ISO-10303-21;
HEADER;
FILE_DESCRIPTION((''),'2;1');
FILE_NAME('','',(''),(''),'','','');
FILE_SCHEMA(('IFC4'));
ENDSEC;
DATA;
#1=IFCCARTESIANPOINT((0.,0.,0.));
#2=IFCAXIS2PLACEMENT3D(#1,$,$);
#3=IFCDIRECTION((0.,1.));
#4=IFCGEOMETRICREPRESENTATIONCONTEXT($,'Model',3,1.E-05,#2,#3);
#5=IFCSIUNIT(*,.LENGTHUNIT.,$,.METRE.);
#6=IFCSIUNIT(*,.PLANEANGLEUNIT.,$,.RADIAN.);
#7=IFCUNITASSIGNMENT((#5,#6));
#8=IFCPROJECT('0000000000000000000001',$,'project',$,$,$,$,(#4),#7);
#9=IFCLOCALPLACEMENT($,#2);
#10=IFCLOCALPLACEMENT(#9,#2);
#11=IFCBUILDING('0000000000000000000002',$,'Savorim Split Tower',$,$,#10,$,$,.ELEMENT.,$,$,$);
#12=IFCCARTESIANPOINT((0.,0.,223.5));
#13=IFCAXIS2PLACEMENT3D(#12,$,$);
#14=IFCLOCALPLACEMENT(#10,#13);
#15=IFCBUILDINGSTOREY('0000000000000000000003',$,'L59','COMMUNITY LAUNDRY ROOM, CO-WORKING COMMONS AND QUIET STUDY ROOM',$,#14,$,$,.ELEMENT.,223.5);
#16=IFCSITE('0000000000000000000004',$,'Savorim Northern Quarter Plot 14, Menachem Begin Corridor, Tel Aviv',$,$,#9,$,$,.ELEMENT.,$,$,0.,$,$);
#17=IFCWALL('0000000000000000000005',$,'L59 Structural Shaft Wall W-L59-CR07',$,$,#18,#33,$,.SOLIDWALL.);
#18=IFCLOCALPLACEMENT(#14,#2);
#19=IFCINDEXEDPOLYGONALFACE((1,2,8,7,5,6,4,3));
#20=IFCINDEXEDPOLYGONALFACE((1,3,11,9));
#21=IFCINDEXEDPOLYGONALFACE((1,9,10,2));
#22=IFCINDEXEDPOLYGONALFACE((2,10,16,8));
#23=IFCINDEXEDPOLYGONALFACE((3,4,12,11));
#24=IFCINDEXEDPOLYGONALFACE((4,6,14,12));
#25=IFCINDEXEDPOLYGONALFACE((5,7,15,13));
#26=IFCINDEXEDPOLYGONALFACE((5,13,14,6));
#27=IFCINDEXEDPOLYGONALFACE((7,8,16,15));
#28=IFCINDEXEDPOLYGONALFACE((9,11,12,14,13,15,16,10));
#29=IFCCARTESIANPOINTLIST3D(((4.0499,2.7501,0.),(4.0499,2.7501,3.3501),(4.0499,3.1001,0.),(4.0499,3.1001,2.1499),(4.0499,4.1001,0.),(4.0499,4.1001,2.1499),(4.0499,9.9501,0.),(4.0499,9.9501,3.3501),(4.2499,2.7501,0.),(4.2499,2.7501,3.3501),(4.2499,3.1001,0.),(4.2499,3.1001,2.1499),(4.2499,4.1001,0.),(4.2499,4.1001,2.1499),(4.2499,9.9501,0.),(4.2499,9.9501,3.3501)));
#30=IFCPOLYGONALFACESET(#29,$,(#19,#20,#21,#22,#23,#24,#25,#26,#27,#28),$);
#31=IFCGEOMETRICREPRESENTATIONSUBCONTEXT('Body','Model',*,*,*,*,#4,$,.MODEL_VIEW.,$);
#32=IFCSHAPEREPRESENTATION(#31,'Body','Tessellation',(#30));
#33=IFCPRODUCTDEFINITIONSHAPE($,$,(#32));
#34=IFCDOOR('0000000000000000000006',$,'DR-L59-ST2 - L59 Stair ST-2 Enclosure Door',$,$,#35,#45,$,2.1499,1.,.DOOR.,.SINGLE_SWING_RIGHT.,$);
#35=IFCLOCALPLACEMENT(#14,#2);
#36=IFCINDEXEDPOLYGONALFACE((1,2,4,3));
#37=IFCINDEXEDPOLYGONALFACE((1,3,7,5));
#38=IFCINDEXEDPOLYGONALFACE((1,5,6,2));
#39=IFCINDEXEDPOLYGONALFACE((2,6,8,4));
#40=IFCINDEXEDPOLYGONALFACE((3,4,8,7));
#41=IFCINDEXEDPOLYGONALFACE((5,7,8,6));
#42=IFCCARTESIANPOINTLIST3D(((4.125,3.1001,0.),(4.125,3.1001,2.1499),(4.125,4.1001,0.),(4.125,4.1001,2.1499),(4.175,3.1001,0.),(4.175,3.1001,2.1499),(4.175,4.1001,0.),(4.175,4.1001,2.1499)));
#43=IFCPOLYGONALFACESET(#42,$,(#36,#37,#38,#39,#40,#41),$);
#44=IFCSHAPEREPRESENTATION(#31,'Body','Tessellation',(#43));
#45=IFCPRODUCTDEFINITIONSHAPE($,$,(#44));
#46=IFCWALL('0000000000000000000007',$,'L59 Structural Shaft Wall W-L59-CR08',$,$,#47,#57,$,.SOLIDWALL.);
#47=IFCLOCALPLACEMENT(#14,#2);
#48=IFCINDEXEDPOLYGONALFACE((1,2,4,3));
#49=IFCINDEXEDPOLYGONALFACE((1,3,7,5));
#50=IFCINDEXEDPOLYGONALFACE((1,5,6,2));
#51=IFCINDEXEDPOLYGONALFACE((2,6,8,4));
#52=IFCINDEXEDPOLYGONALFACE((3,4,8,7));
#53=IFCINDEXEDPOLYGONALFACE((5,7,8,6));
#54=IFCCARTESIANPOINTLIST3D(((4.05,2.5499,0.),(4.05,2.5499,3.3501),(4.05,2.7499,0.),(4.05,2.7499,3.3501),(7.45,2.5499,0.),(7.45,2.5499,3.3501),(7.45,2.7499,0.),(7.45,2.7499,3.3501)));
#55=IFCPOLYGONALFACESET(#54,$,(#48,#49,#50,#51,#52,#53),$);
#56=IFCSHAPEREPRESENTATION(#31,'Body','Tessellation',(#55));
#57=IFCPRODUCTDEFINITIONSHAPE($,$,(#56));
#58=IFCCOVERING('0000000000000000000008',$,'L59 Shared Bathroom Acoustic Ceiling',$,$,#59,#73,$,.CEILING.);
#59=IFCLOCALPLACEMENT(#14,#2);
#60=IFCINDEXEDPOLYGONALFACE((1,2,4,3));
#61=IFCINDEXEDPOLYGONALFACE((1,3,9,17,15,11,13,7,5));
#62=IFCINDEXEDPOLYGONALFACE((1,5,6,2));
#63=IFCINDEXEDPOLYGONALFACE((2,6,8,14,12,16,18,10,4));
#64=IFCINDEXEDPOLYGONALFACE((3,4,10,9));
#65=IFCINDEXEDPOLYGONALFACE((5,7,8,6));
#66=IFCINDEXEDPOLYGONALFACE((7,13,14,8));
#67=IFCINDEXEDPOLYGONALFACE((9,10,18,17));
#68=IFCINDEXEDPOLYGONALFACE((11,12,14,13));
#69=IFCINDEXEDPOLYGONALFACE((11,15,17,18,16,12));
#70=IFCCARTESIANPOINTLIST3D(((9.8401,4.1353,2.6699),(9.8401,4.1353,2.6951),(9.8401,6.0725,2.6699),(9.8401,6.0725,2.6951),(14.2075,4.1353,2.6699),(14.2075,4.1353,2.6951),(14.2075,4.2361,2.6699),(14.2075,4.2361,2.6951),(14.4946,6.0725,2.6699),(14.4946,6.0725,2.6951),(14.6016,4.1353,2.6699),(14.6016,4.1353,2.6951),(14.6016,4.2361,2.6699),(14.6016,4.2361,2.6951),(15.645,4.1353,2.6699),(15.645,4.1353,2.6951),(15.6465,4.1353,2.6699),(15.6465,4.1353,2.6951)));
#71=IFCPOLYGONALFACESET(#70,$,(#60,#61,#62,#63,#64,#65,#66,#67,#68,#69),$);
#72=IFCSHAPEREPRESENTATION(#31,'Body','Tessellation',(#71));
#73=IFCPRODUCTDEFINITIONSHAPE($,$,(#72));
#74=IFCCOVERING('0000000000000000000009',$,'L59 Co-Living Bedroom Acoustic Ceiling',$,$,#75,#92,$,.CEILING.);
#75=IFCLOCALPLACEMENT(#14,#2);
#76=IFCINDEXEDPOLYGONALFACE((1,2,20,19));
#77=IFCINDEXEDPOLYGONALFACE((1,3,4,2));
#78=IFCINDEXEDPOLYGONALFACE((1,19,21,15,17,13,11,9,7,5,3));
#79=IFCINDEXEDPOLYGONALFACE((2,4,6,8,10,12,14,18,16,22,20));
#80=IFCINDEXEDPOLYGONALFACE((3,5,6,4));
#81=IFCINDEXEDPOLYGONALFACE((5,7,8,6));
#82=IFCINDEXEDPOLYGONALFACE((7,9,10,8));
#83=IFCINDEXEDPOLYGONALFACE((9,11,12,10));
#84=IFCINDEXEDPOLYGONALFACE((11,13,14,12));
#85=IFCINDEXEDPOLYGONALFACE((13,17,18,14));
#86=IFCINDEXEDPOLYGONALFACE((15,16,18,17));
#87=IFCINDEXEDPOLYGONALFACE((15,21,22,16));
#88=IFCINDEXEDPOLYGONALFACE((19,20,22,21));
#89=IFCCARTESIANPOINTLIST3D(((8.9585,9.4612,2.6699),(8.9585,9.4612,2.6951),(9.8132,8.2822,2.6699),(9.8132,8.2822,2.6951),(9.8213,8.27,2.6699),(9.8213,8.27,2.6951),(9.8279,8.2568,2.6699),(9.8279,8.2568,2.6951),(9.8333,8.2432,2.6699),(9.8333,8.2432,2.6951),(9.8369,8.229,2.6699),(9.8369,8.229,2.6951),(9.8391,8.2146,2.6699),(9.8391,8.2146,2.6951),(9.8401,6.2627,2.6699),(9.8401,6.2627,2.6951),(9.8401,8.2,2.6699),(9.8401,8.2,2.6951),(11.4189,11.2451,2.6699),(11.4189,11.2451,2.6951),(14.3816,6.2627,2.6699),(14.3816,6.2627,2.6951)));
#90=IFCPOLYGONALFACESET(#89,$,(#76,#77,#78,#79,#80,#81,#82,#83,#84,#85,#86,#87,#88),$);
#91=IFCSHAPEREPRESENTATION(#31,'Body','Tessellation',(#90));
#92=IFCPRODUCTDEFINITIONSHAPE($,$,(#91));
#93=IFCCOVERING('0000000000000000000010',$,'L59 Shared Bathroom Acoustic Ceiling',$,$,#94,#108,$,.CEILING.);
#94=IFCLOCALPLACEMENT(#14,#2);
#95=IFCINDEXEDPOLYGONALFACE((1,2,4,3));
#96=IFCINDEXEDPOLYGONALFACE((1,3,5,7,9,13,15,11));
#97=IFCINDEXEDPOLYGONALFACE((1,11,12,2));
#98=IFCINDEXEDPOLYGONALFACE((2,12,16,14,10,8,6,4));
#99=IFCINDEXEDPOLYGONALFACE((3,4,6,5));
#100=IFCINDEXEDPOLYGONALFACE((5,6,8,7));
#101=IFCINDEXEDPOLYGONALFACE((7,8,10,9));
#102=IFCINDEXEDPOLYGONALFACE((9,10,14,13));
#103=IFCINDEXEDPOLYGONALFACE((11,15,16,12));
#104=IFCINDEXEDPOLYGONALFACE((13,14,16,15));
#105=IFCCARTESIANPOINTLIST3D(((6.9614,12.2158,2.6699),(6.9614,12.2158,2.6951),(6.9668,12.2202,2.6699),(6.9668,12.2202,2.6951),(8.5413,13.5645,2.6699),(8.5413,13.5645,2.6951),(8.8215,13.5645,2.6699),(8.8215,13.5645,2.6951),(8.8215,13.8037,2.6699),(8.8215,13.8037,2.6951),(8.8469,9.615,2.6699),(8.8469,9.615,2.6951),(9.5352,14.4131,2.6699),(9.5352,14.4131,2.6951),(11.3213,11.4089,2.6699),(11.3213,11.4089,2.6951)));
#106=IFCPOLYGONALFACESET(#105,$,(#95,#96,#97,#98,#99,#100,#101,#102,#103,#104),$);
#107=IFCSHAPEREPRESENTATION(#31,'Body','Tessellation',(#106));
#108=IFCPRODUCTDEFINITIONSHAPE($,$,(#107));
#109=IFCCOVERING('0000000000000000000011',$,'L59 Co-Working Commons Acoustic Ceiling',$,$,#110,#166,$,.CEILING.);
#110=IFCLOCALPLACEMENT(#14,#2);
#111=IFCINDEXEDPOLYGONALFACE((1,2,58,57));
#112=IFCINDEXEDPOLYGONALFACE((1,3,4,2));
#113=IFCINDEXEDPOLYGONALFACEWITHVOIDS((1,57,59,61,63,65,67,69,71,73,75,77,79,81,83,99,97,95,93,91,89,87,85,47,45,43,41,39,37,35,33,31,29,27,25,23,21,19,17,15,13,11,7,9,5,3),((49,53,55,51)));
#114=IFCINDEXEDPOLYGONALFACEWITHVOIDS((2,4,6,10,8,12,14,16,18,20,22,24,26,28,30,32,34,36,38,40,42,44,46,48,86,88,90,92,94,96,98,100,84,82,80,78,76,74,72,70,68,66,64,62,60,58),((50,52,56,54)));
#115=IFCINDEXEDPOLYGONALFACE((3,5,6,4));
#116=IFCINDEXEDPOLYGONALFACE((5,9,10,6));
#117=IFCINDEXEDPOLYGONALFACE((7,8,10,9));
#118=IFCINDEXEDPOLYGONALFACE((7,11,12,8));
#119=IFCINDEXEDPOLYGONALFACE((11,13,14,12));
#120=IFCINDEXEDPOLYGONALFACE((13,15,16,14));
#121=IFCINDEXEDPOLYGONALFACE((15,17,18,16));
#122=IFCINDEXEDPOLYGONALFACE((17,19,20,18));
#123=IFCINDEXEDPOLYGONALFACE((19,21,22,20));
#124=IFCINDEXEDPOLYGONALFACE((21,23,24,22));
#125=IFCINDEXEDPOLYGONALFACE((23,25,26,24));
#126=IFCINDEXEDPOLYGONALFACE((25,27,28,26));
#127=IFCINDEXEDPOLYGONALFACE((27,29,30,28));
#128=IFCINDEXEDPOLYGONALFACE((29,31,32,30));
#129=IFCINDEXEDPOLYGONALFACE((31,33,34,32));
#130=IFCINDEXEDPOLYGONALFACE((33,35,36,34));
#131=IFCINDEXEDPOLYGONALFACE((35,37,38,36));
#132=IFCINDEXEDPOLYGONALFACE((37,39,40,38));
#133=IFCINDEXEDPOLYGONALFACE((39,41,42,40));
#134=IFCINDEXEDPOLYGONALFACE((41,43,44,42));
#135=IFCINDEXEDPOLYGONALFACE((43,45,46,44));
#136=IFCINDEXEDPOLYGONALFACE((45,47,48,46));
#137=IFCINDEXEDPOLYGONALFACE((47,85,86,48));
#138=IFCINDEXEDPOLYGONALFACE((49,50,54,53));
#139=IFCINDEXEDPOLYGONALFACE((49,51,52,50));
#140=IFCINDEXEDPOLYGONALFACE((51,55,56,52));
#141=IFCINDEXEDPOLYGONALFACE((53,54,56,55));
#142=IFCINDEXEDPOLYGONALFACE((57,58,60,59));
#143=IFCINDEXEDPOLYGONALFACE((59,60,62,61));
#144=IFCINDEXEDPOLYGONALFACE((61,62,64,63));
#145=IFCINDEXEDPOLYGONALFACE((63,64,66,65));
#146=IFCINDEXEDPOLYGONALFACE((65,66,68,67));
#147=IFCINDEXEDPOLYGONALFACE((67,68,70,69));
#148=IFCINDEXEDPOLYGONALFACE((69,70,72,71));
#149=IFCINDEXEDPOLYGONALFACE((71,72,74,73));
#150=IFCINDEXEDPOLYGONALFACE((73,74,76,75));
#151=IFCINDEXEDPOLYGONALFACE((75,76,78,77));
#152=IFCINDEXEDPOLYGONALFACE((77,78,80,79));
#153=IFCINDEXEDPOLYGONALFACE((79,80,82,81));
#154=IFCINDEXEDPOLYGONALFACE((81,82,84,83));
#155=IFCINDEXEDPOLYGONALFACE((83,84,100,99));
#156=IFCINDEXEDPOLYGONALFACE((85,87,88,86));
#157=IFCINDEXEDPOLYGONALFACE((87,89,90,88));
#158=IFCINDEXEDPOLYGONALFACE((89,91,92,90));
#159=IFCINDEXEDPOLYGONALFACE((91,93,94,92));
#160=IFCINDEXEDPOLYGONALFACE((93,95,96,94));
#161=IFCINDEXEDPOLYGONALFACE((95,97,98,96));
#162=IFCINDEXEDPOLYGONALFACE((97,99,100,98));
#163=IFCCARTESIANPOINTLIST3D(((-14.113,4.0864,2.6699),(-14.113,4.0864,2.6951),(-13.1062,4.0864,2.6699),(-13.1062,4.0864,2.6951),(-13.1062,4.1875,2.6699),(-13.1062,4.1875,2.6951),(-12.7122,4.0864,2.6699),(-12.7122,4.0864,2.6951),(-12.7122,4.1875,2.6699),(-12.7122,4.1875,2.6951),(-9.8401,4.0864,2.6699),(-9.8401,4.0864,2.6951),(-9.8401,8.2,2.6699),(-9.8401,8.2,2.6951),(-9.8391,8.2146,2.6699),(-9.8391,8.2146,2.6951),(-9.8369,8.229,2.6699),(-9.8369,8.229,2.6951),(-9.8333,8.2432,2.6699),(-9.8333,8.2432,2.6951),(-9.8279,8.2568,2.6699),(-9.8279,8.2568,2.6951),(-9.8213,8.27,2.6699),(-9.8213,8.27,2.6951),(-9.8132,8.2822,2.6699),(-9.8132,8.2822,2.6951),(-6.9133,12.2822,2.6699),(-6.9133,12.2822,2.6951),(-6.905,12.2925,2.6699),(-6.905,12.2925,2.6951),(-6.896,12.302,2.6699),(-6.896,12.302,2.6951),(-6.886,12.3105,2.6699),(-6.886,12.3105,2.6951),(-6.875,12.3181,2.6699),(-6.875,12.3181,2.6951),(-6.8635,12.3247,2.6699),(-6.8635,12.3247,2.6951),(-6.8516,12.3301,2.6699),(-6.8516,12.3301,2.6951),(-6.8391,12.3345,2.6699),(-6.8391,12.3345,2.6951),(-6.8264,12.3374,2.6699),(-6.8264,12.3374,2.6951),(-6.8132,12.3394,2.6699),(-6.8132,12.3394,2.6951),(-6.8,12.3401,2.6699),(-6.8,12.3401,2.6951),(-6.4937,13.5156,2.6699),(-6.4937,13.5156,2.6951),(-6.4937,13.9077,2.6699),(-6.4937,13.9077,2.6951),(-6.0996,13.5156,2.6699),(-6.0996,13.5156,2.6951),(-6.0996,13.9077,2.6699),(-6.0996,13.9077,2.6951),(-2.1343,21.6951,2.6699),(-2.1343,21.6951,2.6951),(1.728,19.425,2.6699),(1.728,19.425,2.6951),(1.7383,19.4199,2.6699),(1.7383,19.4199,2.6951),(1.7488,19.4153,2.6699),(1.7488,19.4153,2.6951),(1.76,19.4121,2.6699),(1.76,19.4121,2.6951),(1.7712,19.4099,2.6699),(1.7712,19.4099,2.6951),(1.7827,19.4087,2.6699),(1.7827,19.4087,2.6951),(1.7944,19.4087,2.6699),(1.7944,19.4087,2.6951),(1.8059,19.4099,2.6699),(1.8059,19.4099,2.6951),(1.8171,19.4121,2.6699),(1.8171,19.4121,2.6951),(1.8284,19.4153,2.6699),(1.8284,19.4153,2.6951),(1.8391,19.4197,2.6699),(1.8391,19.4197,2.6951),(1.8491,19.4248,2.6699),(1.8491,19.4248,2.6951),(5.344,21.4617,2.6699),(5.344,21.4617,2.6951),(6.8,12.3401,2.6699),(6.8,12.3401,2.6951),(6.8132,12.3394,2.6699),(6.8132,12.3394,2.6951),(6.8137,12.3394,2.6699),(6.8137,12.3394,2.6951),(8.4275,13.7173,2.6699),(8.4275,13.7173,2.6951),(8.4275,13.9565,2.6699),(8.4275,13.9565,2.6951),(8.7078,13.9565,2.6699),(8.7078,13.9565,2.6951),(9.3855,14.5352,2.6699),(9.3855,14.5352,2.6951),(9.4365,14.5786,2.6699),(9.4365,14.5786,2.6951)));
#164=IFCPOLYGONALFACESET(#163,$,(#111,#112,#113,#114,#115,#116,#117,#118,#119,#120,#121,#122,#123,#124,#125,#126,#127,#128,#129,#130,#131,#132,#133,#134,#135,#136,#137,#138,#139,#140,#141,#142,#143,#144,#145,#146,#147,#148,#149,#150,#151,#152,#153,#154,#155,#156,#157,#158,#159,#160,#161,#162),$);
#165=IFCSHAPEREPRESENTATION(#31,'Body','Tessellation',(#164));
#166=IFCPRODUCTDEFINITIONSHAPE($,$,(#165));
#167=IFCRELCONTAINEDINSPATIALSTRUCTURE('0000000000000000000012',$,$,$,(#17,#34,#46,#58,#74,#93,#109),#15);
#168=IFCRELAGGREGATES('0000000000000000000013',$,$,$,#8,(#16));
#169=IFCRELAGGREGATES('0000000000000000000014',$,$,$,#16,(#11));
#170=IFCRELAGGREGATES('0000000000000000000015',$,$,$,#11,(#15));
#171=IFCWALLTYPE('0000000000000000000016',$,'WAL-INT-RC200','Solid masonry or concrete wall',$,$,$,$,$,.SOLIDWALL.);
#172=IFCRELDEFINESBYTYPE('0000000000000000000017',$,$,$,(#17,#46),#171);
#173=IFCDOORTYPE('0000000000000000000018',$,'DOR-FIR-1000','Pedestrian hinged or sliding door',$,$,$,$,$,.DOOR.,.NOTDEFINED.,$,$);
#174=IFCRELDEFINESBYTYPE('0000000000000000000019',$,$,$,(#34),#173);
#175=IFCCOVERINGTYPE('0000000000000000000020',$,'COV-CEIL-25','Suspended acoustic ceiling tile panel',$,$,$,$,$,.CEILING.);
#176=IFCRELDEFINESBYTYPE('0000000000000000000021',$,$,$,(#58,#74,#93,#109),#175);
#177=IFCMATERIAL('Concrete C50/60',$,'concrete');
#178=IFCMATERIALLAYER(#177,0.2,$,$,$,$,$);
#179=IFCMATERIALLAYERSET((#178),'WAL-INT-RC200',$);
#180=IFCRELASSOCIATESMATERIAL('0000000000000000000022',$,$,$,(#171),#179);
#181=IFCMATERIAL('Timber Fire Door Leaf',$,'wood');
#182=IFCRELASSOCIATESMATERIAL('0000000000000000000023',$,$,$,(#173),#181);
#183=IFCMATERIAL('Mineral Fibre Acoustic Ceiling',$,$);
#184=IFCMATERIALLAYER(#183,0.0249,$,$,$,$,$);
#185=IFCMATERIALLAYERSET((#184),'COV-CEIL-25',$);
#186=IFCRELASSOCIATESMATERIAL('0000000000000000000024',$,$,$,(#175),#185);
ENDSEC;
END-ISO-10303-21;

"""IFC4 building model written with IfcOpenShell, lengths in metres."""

from ifc_helpers import new_model, si_unit, direction, frame, frame_2d, origin, place, context, subcontext, project, spatial, polyline, rectangle, outline, extrude, material, layer, layer_set, type_object, element, fill, save


model = new_model("IFC4")

# Units and contexts
model_context = context("Model", 3, precision=1e-05, world=origin(), true_north=direction((0.0, 1.0)))
body_context = subcontext(model_context, "Body", "Model", "MODEL_VIEW")
ifc_project = project(units=[si_unit("LENGTHUNIT", "METRE"), si_unit("PLANEANGLEUNIT", "RADIAN")], contexts=[model_context])

# Site, building, storey
site_placement = place(None, origin())
site = spatial("IfcSite", under=ifc_project, at=site_placement, Name="Savorim Northern Quarter Plot 14, Menachem Begin Corridor, Tel Aviv", CompositionType="ELEMENT", RefElevation=0.0)
building_placement = place(site_placement, origin())
building = spatial("IfcBuilding", under=site, at=building_placement, Name="Savorim Split Tower", CompositionType="ELEMENT")
storey_placement = place(building_placement, frame((0.0, 0.0, 223.5)))
storey = spatial("IfcBuildingStorey", under=building, at=storey_placement, Name="L59", Description="COMMUNITY LAUNDRY ROOM, CO-WORKING COMMONS AND QUIET STUDY ROOM", CompositionType="ELEMENT", Elevation=223.5)

# Wall, opening, door
ifc_material_1 = material(Name="Concrete C50/60", Category="concrete")
ifc_layer_1 = layer(ifc_material_1, 0.2)
ifc_layer_set_1 = layer_set([ifc_layer_1], Name="WAL-INT-RC200")
wall_type = type_object("IfcWallType", Name="WAL-INT-RC200", Description="Solid masonry or concrete wall", PredefinedType="SOLIDWALL", material=ifc_layer_set_1)
wall_1_placement = place(storey_placement, frame((4.1499, 2.75, 0.0), z_axis=(0.0, 0.0, 1.0), x_axis=(0.0, 1.0, 0.0)))
wall_1 = element("IfcWall", 1, at=wall_1_placement, inside=storey, type_object=wall_type, Name="L59 Structural Shaft Wall W-L59-CR07", PredefinedType="SOLIDWALL", context=body_context, shape_type="SweptSolid", body=[
    extrude(rectangle(XDim=7.2, YDim=0.2, at=frame_2d((3.6001, 0.0))), origin(), (0.0, 0.0, 1.0), 3.3501),
])
opening_1_placement = place(wall_1_placement, frame((0.3501, 0.0, 0.0)))
opening_1 = element("IfcOpeningElement", 2, at=opening_1_placement, cuts=wall_1, PredefinedType="OPENING", context=body_context, shape_type="SweptSolid", body=[
    extrude(rectangle(XDim=1.0, YDim=2.1499, at=frame_2d((0.5, 1.075))), frame((0.0, 0.1099, 0.0), z_axis=(0.0, -1.0, 0.0), x_axis=(1.0, 0.0, 0.0)), (0.0, 0.0, 1.0), 0.22),
])
ifc_material_2 = material(Name="Timber Fire Door Leaf", Category="wood")
door_type_1 = type_object("IfcDoorType", Name="DOR-FIR-1000", Description="Pedestrian hinged or sliding door", OperationType="NOTDEFINED", PredefinedType="DOOR", material=ifc_material_2)
door_1_placement = place(opening_1_placement, origin())
door_1 = element("IfcDoor", 3, at=door_1_placement, inside=storey, type_object=door_type_1, Name="DR-L59-ST2 - L59 Stair ST-2 Enclosure Door", OperationType="SINGLE_SWING_RIGHT", OverallHeight=2.1499, OverallWidth=1.0, PredefinedType="DOOR", context=body_context, shape_type="SweptSolid", body=[
    extrude(rectangle(XDim=1.0, YDim=2.1499, at=frame_2d((0.5, 1.075))), frame((0.0, 0.0249, 0.0), z_axis=(0.0, -1.0, 0.0), x_axis=(1.0, 0.0, 0.0)), (0.0, 0.0, 1.0), 0.05),
])
fill(opening_1, door_1)

# Wall
wall_2_placement = place(storey_placement, frame((4.05, 2.6499, 0.0), z_axis=(0.0, 0.0, 1.0), x_axis=(1.0, 0.0, 0.0)))
element("IfcWall", 4, at=wall_2_placement, inside=storey, type_object=wall_type, Name="L59 Structural Shaft Wall W-L59-CR08", PredefinedType="SOLIDWALL", context=body_context, shape_type="SweptSolid", body=[
    extrude(rectangle(XDim=3.3999, YDim=0.2, at=frame_2d((1.7, 0.0))), origin(), (0.0, 0.0, 1.0), 3.3501),
])

# Coverings
ifc_material_3 = material(Name="Mineral Fibre Acoustic Ceiling")
ifc_layer_2 = layer(ifc_material_3, 0.0249)
ifc_layer_set_2 = layer_set([ifc_layer_2], Name="COV-CEIL-25")
covering_type_1 = type_object("IfcCoveringType", Name="COV-CEIL-25", Description="Suspended acoustic ceiling tile panel", PredefinedType="CEILING", material=ifc_layer_set_2)
covering_1_placement = place(storey_placement, frame((0.0, 0.0, 2.6699)))
element("IfcCovering", 5, at=covering_1_placement, inside=storey, type_object=covering_type_1, Name="L59 Shared Bathroom Acoustic Ceiling", PredefinedType="CEILING", context=body_context, shape_type="SweptSolid", body=[
    extrude(outline(polyline([(14.6016, 4.2361), (14.6016, 4.1353), (15.645, 4.1353), (15.6465, 4.1353), (14.4946, 6.0725), (9.8401, 6.0725), (9.8401, 4.1353), (14.2075, 4.1353), (14.2075, 4.2361), (14.6016, 4.2361)])), origin(), (0.0, 0.0, 1.0), 0.0251),
])
covering_2_placement = place(storey_placement, frame((0.0, 0.0, 2.6699)))
element("IfcCovering", 6, at=covering_2_placement, inside=storey, type_object=covering_type_1, Name="L59 Co-Living Bedroom Acoustic Ceiling", PredefinedType="CEILING", context=body_context, shape_type="SweptSolid", body=[
    extrude(outline(polyline([(9.8369, 8.229), (9.8391, 8.2146), (9.8401, 8.2), (9.8401, 6.2627), (14.3816, 6.2627), (11.4189, 11.2451), (8.9585, 9.4612), (9.8132, 8.2822), (9.8213, 8.27), (9.8279, 8.2568), (9.8333, 8.2432), (9.8369, 8.229)])), origin(), (0.0, 0.0, 1.0), 0.0251),
])
covering_3_placement = place(storey_placement, frame((0.0, 0.0, 2.6699)))
element("IfcCovering", 7, at=covering_3_placement, inside=storey, type_object=covering_type_1, Name="L59 Shared Bathroom Acoustic Ceiling", PredefinedType="CEILING", context=body_context, shape_type="SweptSolid", body=[
    extrude(outline(polyline([(8.5413, 13.5645), (6.9668, 12.2202), (6.9614, 12.2158), (8.8469, 9.615), (11.3213, 11.4089), (9.5352, 14.4131), (8.8215, 13.8037), (8.8215, 13.5645), (8.5413, 13.5645)])), origin(), (0.0, 0.0, 1.0), 0.0251),
])
covering_4_placement = place(storey_placement, frame((0.0, 0.0, 2.6699)))
element("IfcCovering", 8, at=covering_4_placement, inside=storey, type_object=covering_type_1, Name="L59 Co-Working Commons Acoustic Ceiling", PredefinedType="CEILING", context=body_context, shape_type="SweptSolid", body=[
    extrude(outline(polyline([(1.7488, 19.4153), (1.7383, 19.4199), (1.728, 19.425), (-2.1343, 21.6951), (-14.113, 4.0864), (-13.1062, 4.0864), (-13.1062, 4.1875), (-12.7122, 4.1875), (-12.7122, 4.0864), (-9.8401, 4.0864), (-9.8401, 8.2), (-9.8391, 8.2146), (-9.8369, 8.229), (-9.8333, 8.2432), (-9.8279, 8.2568), (-9.8213, 8.27), (-9.8132, 8.2822), (-6.9133, 12.2822), (-6.905, 12.2925), (-6.896, 12.302), (-6.886, 12.3105), (-6.875, 12.3181), (-6.8635, 12.3247), (-6.8516, 12.3301), (-6.8391, 12.3345), (-6.8264, 12.3374), (-6.8132, 12.3394), (-6.8, 12.3401), (6.8, 12.3401), (6.8132, 12.3394), (6.8137, 12.3394), (8.4275, 13.7173), (8.4275, 13.9565), (8.7078, 13.9565), (9.3855, 14.5352), (9.4365, 14.5786), (5.344, 21.4617), (1.8491, 19.4248), (1.8391, 19.4197), (1.8284, 19.4153), (1.8171, 19.4121), (1.8059, 19.4099), (1.7944, 19.4087), (1.7827, 19.4087), (1.7712, 19.4099), (1.76, 19.4121), (1.7488, 19.4153)]), holes=[polyline([(-6.0996, 13.9077), (-6.4937, 13.9077), (-6.4937, 13.5156), (-6.0996, 13.5156), (-6.0996, 13.9077)])]), origin(), (0.0, 0.0, 1.0), 0.0251),
])

save(model, "model.ifc")
